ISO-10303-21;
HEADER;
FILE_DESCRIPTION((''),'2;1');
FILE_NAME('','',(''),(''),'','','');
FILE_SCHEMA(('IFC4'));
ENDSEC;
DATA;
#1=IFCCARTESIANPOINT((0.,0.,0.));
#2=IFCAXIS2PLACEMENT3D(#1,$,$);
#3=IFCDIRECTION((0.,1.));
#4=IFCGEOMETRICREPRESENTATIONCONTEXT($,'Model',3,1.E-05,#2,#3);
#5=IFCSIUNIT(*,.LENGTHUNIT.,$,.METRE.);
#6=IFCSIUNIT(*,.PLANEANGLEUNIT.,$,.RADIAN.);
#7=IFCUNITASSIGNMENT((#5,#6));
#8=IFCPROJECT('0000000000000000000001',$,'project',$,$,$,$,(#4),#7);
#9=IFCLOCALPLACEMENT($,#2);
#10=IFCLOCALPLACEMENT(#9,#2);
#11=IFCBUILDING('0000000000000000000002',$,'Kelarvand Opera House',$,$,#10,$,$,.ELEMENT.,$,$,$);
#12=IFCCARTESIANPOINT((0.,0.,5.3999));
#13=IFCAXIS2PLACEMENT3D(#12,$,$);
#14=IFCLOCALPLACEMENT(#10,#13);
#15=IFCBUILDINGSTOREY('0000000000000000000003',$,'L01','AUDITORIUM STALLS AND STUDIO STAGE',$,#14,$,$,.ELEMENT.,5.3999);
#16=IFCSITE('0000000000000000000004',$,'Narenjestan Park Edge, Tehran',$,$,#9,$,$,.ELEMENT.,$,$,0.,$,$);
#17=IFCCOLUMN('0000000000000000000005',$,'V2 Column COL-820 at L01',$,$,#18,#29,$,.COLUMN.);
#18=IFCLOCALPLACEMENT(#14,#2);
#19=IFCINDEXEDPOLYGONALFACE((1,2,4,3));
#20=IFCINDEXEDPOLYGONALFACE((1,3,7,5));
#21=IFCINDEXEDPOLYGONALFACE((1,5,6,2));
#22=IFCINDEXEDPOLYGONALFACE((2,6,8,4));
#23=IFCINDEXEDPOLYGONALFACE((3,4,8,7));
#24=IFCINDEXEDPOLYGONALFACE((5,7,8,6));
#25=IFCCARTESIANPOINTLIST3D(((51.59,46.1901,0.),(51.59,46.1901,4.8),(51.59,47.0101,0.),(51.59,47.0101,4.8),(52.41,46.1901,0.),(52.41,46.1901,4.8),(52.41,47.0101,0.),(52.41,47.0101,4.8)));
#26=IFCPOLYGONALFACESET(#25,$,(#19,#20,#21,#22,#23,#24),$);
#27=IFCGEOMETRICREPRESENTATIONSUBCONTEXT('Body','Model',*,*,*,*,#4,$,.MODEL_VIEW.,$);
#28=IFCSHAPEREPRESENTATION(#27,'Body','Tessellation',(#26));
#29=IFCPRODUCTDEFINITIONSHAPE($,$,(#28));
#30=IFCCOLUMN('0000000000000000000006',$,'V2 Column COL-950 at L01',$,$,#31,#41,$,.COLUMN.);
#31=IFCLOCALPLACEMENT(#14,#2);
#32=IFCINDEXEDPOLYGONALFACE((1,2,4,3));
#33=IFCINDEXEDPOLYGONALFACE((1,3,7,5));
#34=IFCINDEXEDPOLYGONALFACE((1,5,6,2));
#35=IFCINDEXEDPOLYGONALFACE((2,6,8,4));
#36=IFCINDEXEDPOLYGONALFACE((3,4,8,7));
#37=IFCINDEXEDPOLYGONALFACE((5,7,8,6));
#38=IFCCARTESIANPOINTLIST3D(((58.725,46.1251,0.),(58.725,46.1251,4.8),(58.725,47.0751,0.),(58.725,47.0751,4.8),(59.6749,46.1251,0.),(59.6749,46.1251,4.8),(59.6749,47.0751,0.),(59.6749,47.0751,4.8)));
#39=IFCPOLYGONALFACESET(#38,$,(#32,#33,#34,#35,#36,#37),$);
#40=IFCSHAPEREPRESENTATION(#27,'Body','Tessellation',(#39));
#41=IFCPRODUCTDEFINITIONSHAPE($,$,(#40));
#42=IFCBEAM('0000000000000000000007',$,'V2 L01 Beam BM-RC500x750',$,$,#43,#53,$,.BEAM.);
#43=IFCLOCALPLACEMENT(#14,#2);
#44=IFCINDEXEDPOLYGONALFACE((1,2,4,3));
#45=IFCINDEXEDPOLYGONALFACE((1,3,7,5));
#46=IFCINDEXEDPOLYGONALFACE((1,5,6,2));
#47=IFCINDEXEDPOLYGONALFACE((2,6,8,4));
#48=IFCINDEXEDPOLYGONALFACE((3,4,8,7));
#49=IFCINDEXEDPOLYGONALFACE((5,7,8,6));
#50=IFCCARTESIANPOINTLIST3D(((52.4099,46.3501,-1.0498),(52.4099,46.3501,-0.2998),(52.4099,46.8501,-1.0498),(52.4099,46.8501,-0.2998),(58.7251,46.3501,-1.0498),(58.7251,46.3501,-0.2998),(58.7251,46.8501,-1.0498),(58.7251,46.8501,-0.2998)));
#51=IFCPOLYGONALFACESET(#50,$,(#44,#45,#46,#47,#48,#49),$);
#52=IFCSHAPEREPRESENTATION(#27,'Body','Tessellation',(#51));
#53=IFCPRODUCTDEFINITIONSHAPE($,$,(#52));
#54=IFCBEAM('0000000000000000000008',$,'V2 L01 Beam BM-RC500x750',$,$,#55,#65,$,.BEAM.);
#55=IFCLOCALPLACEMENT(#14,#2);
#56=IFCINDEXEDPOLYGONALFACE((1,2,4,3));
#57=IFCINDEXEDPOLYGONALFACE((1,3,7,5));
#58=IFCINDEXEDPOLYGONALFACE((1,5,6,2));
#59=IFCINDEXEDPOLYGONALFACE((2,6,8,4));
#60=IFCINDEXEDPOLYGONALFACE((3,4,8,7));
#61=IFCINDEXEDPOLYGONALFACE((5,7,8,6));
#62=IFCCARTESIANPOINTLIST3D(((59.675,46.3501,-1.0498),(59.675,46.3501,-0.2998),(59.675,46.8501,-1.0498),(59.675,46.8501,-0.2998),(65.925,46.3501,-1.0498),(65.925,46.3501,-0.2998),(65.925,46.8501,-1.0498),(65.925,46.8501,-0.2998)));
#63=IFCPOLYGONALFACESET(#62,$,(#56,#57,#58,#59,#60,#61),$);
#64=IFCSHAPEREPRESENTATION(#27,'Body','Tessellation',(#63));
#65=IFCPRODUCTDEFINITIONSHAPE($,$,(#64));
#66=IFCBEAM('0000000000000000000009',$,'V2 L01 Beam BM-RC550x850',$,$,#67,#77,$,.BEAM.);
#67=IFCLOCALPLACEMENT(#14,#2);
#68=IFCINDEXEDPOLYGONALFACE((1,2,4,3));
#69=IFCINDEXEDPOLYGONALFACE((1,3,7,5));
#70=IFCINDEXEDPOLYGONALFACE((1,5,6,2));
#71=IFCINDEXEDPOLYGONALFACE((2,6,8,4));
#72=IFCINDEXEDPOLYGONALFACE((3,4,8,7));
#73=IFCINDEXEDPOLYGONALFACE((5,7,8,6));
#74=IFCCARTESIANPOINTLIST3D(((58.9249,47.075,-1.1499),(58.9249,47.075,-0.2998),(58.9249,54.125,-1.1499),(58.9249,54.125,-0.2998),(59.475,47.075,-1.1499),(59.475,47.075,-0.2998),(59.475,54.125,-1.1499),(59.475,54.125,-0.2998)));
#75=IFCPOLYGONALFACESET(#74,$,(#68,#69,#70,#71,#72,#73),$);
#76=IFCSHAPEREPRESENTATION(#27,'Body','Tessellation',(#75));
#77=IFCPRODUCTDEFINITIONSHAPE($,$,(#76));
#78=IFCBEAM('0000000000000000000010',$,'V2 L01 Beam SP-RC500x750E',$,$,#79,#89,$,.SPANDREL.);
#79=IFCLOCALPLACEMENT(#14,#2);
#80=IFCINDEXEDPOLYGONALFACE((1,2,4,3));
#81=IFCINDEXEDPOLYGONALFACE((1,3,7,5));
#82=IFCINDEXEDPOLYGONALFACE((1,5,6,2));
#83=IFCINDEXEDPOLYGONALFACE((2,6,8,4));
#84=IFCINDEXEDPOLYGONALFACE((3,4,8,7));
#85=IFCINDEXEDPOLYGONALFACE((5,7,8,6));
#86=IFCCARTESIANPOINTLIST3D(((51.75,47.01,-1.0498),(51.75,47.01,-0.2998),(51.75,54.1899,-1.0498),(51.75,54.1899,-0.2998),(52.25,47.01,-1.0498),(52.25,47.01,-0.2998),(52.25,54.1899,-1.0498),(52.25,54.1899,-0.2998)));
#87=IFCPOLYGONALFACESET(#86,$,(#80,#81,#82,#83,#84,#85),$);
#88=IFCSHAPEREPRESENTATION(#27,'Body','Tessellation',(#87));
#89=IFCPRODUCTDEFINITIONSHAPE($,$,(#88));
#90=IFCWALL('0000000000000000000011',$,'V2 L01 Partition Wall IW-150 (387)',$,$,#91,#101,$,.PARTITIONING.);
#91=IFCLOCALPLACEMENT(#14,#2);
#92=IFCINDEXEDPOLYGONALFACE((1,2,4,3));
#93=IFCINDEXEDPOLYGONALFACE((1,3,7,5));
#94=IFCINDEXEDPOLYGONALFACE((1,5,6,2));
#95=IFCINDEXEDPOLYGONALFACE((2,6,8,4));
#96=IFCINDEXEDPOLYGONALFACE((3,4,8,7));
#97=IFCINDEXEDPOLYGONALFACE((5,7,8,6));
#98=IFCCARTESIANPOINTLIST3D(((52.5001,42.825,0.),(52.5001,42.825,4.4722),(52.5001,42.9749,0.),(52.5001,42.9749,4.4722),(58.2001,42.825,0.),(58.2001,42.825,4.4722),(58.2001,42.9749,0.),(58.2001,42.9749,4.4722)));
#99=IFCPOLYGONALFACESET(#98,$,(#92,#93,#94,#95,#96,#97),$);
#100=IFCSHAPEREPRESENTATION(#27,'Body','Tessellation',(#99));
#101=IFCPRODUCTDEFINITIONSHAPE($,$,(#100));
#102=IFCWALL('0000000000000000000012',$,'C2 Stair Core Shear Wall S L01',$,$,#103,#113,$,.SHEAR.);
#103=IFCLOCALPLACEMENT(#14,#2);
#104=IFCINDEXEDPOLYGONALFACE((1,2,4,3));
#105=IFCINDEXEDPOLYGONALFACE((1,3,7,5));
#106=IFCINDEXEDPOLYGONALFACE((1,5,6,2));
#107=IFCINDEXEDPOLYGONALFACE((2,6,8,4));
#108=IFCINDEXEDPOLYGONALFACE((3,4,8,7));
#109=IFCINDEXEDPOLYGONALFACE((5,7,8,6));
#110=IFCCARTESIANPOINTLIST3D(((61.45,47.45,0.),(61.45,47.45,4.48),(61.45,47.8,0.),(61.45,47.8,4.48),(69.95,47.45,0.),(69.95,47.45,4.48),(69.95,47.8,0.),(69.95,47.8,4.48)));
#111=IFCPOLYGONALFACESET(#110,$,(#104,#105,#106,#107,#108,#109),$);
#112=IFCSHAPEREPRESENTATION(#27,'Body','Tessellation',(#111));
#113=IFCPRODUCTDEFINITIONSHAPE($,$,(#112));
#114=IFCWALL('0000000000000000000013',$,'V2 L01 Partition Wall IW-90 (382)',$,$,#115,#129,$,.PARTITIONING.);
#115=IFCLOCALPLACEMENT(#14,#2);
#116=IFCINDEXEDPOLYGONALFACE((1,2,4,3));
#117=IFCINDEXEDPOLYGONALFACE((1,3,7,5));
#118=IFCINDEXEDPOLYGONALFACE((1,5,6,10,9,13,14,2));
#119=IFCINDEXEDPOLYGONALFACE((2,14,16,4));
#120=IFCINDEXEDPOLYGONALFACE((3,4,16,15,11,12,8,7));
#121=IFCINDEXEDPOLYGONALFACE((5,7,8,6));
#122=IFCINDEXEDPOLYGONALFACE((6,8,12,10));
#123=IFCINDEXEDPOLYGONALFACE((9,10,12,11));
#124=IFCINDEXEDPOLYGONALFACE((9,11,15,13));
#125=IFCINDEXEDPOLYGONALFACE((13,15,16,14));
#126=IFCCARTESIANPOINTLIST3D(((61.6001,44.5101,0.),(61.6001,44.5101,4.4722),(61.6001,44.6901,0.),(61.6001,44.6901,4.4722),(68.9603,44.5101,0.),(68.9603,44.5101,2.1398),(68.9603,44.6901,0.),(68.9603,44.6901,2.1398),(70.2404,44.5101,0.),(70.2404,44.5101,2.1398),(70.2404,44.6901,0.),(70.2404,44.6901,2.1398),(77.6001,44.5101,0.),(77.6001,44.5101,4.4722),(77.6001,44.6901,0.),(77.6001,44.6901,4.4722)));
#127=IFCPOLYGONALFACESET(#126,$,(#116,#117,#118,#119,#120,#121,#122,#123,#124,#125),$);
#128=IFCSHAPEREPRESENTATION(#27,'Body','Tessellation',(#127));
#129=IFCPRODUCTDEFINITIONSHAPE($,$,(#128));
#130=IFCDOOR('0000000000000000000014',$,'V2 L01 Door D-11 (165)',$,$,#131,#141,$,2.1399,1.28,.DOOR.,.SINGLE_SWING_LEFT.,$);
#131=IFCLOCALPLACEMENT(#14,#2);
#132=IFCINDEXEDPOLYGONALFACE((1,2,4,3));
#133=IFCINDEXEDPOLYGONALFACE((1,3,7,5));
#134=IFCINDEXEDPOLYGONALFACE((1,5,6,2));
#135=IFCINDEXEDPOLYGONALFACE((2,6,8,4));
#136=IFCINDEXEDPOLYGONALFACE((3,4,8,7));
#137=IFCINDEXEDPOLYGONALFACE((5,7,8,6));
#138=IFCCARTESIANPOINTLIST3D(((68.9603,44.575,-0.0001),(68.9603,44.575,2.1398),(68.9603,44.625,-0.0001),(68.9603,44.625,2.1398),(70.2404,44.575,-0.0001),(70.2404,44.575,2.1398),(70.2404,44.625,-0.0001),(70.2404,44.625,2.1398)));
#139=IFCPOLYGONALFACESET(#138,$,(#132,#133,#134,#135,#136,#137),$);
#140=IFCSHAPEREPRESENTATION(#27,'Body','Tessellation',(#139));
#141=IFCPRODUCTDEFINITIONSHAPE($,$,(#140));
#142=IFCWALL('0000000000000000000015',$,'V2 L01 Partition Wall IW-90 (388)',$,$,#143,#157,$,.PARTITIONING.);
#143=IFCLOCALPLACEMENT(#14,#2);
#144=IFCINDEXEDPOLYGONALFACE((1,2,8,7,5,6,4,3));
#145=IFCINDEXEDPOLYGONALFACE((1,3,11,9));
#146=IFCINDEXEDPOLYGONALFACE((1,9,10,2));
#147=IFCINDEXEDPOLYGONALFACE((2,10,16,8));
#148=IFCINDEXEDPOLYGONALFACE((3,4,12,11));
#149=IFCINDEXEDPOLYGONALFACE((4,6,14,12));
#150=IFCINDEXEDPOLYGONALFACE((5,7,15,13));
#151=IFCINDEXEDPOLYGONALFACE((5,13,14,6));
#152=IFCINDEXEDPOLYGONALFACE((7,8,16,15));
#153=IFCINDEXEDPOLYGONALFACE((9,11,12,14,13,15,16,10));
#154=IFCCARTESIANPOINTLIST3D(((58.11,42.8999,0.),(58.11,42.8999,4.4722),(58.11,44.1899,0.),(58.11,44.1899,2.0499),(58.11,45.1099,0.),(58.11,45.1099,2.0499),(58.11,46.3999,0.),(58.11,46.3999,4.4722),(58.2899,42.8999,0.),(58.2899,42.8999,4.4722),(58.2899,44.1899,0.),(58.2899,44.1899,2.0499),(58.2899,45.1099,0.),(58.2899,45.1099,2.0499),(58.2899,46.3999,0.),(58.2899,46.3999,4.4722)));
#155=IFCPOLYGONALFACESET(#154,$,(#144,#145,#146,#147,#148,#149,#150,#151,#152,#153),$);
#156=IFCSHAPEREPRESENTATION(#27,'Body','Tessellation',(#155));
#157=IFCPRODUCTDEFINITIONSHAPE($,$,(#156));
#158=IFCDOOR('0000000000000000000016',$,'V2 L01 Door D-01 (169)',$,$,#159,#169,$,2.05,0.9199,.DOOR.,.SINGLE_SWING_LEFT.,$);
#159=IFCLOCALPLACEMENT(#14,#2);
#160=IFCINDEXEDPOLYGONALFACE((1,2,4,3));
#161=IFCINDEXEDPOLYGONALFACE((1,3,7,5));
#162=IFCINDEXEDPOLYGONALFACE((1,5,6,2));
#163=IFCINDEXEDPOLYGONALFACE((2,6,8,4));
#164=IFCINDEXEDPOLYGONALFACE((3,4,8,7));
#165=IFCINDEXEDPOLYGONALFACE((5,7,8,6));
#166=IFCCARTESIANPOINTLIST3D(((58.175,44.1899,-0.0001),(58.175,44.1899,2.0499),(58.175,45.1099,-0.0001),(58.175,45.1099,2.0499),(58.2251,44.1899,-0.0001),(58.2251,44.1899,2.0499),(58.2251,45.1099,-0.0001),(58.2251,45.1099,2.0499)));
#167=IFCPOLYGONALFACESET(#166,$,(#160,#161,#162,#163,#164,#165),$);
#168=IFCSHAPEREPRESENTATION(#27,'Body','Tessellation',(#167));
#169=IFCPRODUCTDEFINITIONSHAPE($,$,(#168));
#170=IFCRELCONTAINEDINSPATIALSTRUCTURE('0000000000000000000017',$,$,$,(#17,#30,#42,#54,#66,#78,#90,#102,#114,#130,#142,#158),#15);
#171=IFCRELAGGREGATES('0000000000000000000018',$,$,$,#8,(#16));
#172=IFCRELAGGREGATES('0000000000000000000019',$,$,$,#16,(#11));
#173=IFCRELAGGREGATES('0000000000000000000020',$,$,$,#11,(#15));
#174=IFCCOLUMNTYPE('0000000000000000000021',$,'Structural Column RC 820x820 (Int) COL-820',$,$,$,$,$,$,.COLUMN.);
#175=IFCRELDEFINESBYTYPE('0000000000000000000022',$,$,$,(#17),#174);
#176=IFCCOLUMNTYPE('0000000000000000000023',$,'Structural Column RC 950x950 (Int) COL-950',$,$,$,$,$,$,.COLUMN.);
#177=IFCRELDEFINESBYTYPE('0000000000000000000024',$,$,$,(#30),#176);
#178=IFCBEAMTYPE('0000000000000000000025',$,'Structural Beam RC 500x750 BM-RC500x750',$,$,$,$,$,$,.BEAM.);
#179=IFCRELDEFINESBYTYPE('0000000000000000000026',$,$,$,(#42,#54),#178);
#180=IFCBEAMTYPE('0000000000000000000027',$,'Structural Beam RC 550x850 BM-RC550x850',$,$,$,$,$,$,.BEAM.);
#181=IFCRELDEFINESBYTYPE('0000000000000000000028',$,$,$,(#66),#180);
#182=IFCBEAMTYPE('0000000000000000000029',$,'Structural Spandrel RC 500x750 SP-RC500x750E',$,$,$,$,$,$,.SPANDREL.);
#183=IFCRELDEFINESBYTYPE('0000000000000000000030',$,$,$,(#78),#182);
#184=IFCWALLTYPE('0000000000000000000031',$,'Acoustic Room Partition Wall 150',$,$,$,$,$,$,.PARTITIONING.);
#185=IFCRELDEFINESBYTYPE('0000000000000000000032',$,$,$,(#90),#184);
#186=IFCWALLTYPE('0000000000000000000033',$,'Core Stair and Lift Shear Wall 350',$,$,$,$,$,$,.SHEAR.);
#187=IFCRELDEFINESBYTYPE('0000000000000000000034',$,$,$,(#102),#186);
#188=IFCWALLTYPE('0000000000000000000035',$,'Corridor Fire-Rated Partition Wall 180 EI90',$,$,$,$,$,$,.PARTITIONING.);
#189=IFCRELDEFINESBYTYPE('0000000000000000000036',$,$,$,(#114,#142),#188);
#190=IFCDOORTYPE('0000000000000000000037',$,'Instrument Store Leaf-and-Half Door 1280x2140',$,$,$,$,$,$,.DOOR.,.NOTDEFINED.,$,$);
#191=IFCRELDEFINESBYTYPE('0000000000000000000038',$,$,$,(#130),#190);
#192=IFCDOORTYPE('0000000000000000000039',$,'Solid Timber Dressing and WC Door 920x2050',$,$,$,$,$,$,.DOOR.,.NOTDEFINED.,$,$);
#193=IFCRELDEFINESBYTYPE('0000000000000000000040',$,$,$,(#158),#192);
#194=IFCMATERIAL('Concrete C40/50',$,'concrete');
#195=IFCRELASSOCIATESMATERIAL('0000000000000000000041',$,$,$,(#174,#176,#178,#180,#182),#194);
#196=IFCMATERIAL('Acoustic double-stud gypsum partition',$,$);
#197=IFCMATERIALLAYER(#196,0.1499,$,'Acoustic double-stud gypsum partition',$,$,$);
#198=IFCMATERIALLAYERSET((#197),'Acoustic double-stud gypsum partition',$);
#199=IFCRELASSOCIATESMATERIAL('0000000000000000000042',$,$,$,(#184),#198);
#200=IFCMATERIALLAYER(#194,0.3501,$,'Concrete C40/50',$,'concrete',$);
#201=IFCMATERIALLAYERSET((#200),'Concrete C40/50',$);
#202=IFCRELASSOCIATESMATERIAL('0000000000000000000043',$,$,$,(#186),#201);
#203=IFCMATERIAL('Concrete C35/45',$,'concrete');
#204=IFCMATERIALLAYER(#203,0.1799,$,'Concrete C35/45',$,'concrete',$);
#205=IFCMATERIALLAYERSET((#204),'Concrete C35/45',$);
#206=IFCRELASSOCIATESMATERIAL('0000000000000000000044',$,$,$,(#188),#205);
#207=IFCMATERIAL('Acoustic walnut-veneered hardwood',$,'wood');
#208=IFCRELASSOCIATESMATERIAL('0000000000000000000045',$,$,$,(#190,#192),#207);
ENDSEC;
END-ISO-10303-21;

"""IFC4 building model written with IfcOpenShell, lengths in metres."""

from ifc_helpers import new_model, si_unit, direction, frame, frame_2d, origin, origin_2d, place, context, subcontext, project, spatial, rectangle, extrude, material, layer, layer_set, material_profile, profile_set, type_object, element, fill, save


model = new_model("IFC4")

# Units and contexts
model_context = context("Model", 3, precision=1e-05, world=origin(), true_north=direction((0.0, 1.0)))
body_context = subcontext(model_context, "Body", "Model", "MODEL_VIEW")
ifc_project = project(units=[si_unit("LENGTHUNIT", "METRE"), si_unit("PLANEANGLEUNIT", "RADIAN")], contexts=[model_context])

# Site, building, storey
site_placement = place(None, origin())
site = spatial("IfcSite", under=ifc_project, at=site_placement, Name="Narenjestan Park Edge, Tehran", CompositionType="ELEMENT", RefElevation=0.0)
building_placement = place(site_placement, origin())
building = spatial("IfcBuilding", under=site, at=building_placement, Name="Kelarvand Opera House", CompositionType="ELEMENT")
storey_placement = place(building_placement, frame((0.0, 0.0, 5.3999)))
storey = spatial("IfcBuildingStorey", under=building, at=storey_placement, Name="L01", Description="AUDITORIUM STALLS AND STUDIO STAGE", CompositionType="ELEMENT", Elevation=5.3999)

# Columns
ifc_material_1 = material(Name="Concrete C40/50", Category="concrete")
ifc_material_profile_1 = material_profile(ifc_material_1, rectangle(XDim=0.8201, YDim=0.8201, at=origin_2d()), Name="RC 820x820", Category="concrete")
ifc_profile_set_1 = profile_set([ifc_material_profile_1], Name="Concrete C40/50")
column_type_1 = type_object("IfcColumnType", Name="Structural Column RC 820x820 (Int) COL-820", PredefinedType="COLUMN", material=ifc_profile_set_1)
column_1_placement = place(storey_placement, frame((52.0, 46.6001, 0.0), z_axis=(0.0, 0.0, 1.0), x_axis=(1.0, 0.0, 0.0)))
element("IfcColumn", 1, at=column_1_placement, inside=storey, type_object=column_type_1, Name="V2 Column COL-820 at L01", PredefinedType="COLUMN", context=body_context, shape_type="SweptSolid", body=[
    extrude(rectangle(XDim=0.8201, YDim=0.8201, at=origin_2d()), origin(), (0.0, 0.0, 1.0), 4.8),
])
ifc_material_profile_2 = material_profile(ifc_material_1, rectangle(XDim=0.95, YDim=0.95, at=origin_2d()), Name="RC 950x950", Category="concrete")
ifc_profile_set_2 = profile_set([ifc_material_profile_2], Name="Concrete C40/50")
column_type_2 = type_object("IfcColumnType", Name="Structural Column RC 950x950 (Int) COL-950", PredefinedType="COLUMN", material=ifc_profile_set_2)
column_2_placement = place(storey_placement, frame((59.2, 46.6001, 0.0), z_axis=(0.0, 0.0, 1.0), x_axis=(1.0, 0.0, 0.0)))
element("IfcColumn", 2, at=column_2_placement, inside=storey, type_object=column_type_2, Name="V2 Column COL-950 at L01", PredefinedType="COLUMN", context=body_context, shape_type="SweptSolid", body=[
    extrude(rectangle(XDim=0.95, YDim=0.95, at=origin_2d()), origin(), (0.0, 0.0, 1.0), 4.8),
])

# Beams
ifc_material_profile_3 = material_profile(ifc_material_1, rectangle(XDim=0.5, YDim=0.75, at=origin_2d()), Name="RC 500x750", Category="concrete")
ifc_profile_set_3 = profile_set([ifc_material_profile_3], Name="Concrete C40/50")
beam_type_1 = type_object("IfcBeamType", Name="Structural Beam RC 500x750 BM-RC500x750", PredefinedType="BEAM", material=ifc_profile_set_3)
beam_1_placement = place(storey_placement, frame((52.4099, 46.6001, -0.6748), z_axis=(1.0, 0.0, 0.0), x_axis=(0.0, 1.0, 0.0)))
element("IfcBeam", 3, at=beam_1_placement, inside=storey, type_object=beam_type_1, Name="V2 L01 Beam BM-RC500x750", PredefinedType="BEAM", context=body_context, shape_type="SweptSolid", body=[
    extrude(rectangle(XDim=0.5, YDim=0.75, at=origin_2d()), origin(), (0.0, 0.0, 1.0), 6.3152),
])
beam_2_placement = place(storey_placement, frame((59.675, 46.6001, -0.6748), z_axis=(1.0, 0.0, 0.0), x_axis=(0.0, 1.0, 0.0)))
element("IfcBeam", 4, at=beam_2_placement, inside=storey, type_object=beam_type_1, Name="V2 L01 Beam BM-RC500x750", PredefinedType="BEAM", context=body_context, shape_type="SweptSolid", body=[
    extrude(rectangle(XDim=0.5, YDim=0.75, at=origin_2d()), origin(), (0.0, 0.0, 1.0), 6.25),
])
ifc_material_profile_4 = material_profile(ifc_material_1, rectangle(XDim=0.55, YDim=0.8501, at=origin_2d()), Name="RC 550x850", Category="concrete")
ifc_profile_set_4 = profile_set([ifc_material_profile_4], Name="Concrete C40/50")
beam_type_2 = type_object("IfcBeamType", Name="Structural Beam RC 550x850 BM-RC550x850", PredefinedType="BEAM", material=ifc_profile_set_4)
beam_3_placement = place(storey_placement, frame((59.2, 47.075, -0.7249), z_axis=(0.0, 1.0, 0.0), x_axis=(-1.0, 0.0, 0.0)))
element("IfcBeam", 5, at=beam_3_placement, inside=storey, type_object=beam_type_2, Name="V2 L01 Beam BM-RC550x850", PredefinedType="BEAM", context=body_context, shape_type="SweptSolid", body=[
    extrude(rectangle(XDim=0.55, YDim=0.8501, at=origin_2d()), origin(), (0.0, 0.0, 1.0), 7.05),
])
ifc_material_profile_5 = material_profile(ifc_material_1, rectangle(XDim=0.5, YDim=0.75, at=origin_2d()), Name="RC 500x750", Category="concrete")
ifc_profile_set_5 = profile_set([ifc_material_profile_5], Name="Concrete C40/50")
beam_type_3 = type_object("IfcBeamType", Name="Structural Spandrel RC 500x750 SP-RC500x750E", PredefinedType="SPANDREL", material=ifc_profile_set_5)
beam_4_placement = place(storey_placement, frame((52.0, 47.01, -0.6748), z_axis=(0.0, 1.0, 0.0), x_axis=(-1.0, 0.0, 0.0)))
element("IfcBeam", 6, at=beam_4_placement, inside=storey, type_object=beam_type_3, Name="V2 L01 Beam SP-RC500x750E", PredefinedType="SPANDREL", context=body_context, shape_type="SweptSolid", body=[
    extrude(rectangle(XDim=0.5, YDim=0.75, at=origin_2d()), origin(), (0.0, 0.0, 1.0), 7.1799),
])

# Walls
ifc_material_2 = material(Name="Acoustic double-stud gypsum partition")
ifc_layer_1 = layer(ifc_material_2, 0.1499, Name="Acoustic double-stud gypsum partition")
ifc_layer_set_1 = layer_set([ifc_layer_1], Name="Acoustic double-stud gypsum partition")
wall_type_1 = type_object("IfcWallType", Name="Acoustic Room Partition Wall 150", PredefinedType="PARTITIONING", material=ifc_layer_set_1)
wall_1_placement = place(storey_placement, frame((52.5, 42.8999, 0.0), z_axis=(0.0, 0.0, 1.0), x_axis=(1.0, 0.0, 0.0)))
element("IfcWall", 7, at=wall_1_placement, inside=storey, type_object=wall_type_1, Name="V2 L01 Partition Wall IW-150 (387)", PredefinedType="PARTITIONING", context=body_context, shape_type="SweptSolid", body=[
    extrude(rectangle(XDim=5.7, YDim=0.1499, at=frame_2d((2.8501, 0.0))), origin(), (0.0, 0.0, 1.0), 4.4722),
])
ifc_layer_2 = layer(ifc_material_1, 0.3501, Name="Concrete C40/50", Category="concrete")
ifc_layer_set_2 = layer_set([ifc_layer_2], Name="Concrete C40/50")
wall_type_2 = type_object("IfcWallType", Name="Core Stair and Lift Shear Wall 350", PredefinedType="SHEAR", material=ifc_layer_set_2)
wall_2_placement = place(storey_placement, frame((61.45, 47.625, 0.0), z_axis=(0.0, 0.0, 1.0), x_axis=(1.0, 0.0, 0.0)))
element("IfcWall", 8, at=wall_2_placement, inside=storey, type_object=wall_type_2, Name="C2 Stair Core Shear Wall S L01", PredefinedType="SHEAR", context=body_context, shape_type="SweptSolid", body=[
    extrude(rectangle(XDim=8.5, YDim=0.3501, at=frame_2d((4.25, 0.0))), origin(), (0.0, 0.0, 1.0), 4.48),
])

# Walls, openings, doors
ifc_material_3 = material(Name="Concrete C35/45", Category="concrete")
ifc_layer_3 = layer(ifc_material_3, 0.1799, Name="Concrete C35/45", Category="concrete")
ifc_layer_set_3 = layer_set([ifc_layer_3], Name="Concrete C35/45")
wall_type_3 = type_object("IfcWallType", Name="Corridor Fire-Rated Partition Wall 180 EI90", PredefinedType="PARTITIONING", material=ifc_layer_set_3)
wall_3_placement = place(storey_placement, frame((61.6001, 44.6001, 0.0), z_axis=(0.0, 0.0, 1.0), x_axis=(1.0, 0.0, 0.0)))
wall_3 = element("IfcWall", 9, at=wall_3_placement, inside=storey, type_object=wall_type_3, Name="V2 L01 Partition Wall IW-90 (382)", PredefinedType="PARTITIONING", context=body_context, shape_type="SweptSolid", body=[
    extrude(rectangle(XDim=16.0, YDim=0.1799, at=frame_2d((8.0, 0.0))), origin(), (0.0, 0.0, 1.0), 4.4722),
])
opening_1_placement = place(wall_3_placement, frame((7.3601, 0.0, 0.0)))
opening_1 = element("IfcOpeningElement", 10, at=opening_1_placement, cuts=wall_3, PredefinedType="OPENING", context=body_context, shape_type="SweptSolid", body=[
    extrude(rectangle(XDim=1.28, YDim=2.1399, at=frame_2d((0.6401, 1.0698))), frame((0.0, 0.1001, 0.0), z_axis=(0.0, -1.0, 0.0), x_axis=(1.0, 0.0, 0.0)), (0.0, 0.0, 1.0), 0.2),
])
ifc_material_4 = material(Name="Acoustic walnut-veneered hardwood", Category="wood")
door_type_1 = type_object("IfcDoorType", Name="Instrument Store Leaf-and-Half Door 1280x2140", OperationType="NOTDEFINED", PredefinedType="DOOR", material=ifc_material_4)
door_1_placement = place(opening_1_placement, origin())
door_1 = element("IfcDoor", 11, at=door_1_placement, inside=storey, type_object=door_type_1, Name="V2 L01 Door D-11 (165)", OperationType="SINGLE_SWING_LEFT", OverallHeight=2.1399, OverallWidth=1.28, PredefinedType="DOOR", context=body_context, shape_type="SweptSolid", body=[
    extrude(rectangle(XDim=1.28, YDim=2.1399, at=frame_2d((0.6401, 1.0698))), frame((0.0, 0.0249, 0.0), z_axis=(0.0, -1.0, 0.0), x_axis=(1.0, 0.0, 0.0)), (0.0, 0.0, 1.0), 0.05),
])
fill(opening_1, door_1)
wall_4_placement = place(storey_placement, frame((58.2, 42.8999, 0.0), z_axis=(0.0, 0.0, 1.0), x_axis=(0.0, 1.0, 0.0)))
wall_4 = element("IfcWall", 12, at=wall_4_placement, inside=storey, type_object=wall_type_3, Name="V2 L01 Partition Wall IW-90 (388)", PredefinedType="PARTITIONING", context=body_context, shape_type="SweptSolid", body=[
    extrude(rectangle(XDim=3.5, YDim=0.1799, at=frame_2d((1.75, 0.0))), origin(), (0.0, 0.0, 1.0), 4.4722),
])
opening_2_placement = place(wall_4_placement, frame((1.29, 0.0, 0.0)))
opening_2 = element("IfcOpeningElement", 13, at=opening_2_placement, cuts=wall_4, PredefinedType="OPENING", context=body_context, shape_type="SweptSolid", body=[
    extrude(rectangle(XDim=0.9199, YDim=2.05, at=frame_2d((0.46, 1.0249))), frame((0.0, 0.1001, 0.0), z_axis=(0.0, -1.0, 0.0), x_axis=(1.0, 0.0, 0.0)), (0.0, 0.0, 1.0), 0.2),
])
door_type_2 = type_object("IfcDoorType", Name="Solid Timber Dressing and WC Door 920x2050", OperationType="NOTDEFINED", PredefinedType="DOOR", material=ifc_material_4)
door_2_placement = place(opening_2_placement, origin())
door_2 = element("IfcDoor", 14, at=door_2_placement, inside=storey, type_object=door_type_2, Name="V2 L01 Door D-01 (169)", OperationType="SINGLE_SWING_LEFT", OverallHeight=2.05, OverallWidth=0.9199, PredefinedType="DOOR", context=body_context, shape_type="SweptSolid", body=[
    extrude(rectangle(XDim=0.9199, YDim=2.05, at=frame_2d((0.46, 1.0249))), frame((0.0, 0.0249, 0.0), z_axis=(0.0, -1.0, 0.0), x_axis=(1.0, 0.0, 0.0)), (0.0, 0.0, 1.0), 0.05),
])
fill(opening_2, door_2)

save(model, "model.ifc")
